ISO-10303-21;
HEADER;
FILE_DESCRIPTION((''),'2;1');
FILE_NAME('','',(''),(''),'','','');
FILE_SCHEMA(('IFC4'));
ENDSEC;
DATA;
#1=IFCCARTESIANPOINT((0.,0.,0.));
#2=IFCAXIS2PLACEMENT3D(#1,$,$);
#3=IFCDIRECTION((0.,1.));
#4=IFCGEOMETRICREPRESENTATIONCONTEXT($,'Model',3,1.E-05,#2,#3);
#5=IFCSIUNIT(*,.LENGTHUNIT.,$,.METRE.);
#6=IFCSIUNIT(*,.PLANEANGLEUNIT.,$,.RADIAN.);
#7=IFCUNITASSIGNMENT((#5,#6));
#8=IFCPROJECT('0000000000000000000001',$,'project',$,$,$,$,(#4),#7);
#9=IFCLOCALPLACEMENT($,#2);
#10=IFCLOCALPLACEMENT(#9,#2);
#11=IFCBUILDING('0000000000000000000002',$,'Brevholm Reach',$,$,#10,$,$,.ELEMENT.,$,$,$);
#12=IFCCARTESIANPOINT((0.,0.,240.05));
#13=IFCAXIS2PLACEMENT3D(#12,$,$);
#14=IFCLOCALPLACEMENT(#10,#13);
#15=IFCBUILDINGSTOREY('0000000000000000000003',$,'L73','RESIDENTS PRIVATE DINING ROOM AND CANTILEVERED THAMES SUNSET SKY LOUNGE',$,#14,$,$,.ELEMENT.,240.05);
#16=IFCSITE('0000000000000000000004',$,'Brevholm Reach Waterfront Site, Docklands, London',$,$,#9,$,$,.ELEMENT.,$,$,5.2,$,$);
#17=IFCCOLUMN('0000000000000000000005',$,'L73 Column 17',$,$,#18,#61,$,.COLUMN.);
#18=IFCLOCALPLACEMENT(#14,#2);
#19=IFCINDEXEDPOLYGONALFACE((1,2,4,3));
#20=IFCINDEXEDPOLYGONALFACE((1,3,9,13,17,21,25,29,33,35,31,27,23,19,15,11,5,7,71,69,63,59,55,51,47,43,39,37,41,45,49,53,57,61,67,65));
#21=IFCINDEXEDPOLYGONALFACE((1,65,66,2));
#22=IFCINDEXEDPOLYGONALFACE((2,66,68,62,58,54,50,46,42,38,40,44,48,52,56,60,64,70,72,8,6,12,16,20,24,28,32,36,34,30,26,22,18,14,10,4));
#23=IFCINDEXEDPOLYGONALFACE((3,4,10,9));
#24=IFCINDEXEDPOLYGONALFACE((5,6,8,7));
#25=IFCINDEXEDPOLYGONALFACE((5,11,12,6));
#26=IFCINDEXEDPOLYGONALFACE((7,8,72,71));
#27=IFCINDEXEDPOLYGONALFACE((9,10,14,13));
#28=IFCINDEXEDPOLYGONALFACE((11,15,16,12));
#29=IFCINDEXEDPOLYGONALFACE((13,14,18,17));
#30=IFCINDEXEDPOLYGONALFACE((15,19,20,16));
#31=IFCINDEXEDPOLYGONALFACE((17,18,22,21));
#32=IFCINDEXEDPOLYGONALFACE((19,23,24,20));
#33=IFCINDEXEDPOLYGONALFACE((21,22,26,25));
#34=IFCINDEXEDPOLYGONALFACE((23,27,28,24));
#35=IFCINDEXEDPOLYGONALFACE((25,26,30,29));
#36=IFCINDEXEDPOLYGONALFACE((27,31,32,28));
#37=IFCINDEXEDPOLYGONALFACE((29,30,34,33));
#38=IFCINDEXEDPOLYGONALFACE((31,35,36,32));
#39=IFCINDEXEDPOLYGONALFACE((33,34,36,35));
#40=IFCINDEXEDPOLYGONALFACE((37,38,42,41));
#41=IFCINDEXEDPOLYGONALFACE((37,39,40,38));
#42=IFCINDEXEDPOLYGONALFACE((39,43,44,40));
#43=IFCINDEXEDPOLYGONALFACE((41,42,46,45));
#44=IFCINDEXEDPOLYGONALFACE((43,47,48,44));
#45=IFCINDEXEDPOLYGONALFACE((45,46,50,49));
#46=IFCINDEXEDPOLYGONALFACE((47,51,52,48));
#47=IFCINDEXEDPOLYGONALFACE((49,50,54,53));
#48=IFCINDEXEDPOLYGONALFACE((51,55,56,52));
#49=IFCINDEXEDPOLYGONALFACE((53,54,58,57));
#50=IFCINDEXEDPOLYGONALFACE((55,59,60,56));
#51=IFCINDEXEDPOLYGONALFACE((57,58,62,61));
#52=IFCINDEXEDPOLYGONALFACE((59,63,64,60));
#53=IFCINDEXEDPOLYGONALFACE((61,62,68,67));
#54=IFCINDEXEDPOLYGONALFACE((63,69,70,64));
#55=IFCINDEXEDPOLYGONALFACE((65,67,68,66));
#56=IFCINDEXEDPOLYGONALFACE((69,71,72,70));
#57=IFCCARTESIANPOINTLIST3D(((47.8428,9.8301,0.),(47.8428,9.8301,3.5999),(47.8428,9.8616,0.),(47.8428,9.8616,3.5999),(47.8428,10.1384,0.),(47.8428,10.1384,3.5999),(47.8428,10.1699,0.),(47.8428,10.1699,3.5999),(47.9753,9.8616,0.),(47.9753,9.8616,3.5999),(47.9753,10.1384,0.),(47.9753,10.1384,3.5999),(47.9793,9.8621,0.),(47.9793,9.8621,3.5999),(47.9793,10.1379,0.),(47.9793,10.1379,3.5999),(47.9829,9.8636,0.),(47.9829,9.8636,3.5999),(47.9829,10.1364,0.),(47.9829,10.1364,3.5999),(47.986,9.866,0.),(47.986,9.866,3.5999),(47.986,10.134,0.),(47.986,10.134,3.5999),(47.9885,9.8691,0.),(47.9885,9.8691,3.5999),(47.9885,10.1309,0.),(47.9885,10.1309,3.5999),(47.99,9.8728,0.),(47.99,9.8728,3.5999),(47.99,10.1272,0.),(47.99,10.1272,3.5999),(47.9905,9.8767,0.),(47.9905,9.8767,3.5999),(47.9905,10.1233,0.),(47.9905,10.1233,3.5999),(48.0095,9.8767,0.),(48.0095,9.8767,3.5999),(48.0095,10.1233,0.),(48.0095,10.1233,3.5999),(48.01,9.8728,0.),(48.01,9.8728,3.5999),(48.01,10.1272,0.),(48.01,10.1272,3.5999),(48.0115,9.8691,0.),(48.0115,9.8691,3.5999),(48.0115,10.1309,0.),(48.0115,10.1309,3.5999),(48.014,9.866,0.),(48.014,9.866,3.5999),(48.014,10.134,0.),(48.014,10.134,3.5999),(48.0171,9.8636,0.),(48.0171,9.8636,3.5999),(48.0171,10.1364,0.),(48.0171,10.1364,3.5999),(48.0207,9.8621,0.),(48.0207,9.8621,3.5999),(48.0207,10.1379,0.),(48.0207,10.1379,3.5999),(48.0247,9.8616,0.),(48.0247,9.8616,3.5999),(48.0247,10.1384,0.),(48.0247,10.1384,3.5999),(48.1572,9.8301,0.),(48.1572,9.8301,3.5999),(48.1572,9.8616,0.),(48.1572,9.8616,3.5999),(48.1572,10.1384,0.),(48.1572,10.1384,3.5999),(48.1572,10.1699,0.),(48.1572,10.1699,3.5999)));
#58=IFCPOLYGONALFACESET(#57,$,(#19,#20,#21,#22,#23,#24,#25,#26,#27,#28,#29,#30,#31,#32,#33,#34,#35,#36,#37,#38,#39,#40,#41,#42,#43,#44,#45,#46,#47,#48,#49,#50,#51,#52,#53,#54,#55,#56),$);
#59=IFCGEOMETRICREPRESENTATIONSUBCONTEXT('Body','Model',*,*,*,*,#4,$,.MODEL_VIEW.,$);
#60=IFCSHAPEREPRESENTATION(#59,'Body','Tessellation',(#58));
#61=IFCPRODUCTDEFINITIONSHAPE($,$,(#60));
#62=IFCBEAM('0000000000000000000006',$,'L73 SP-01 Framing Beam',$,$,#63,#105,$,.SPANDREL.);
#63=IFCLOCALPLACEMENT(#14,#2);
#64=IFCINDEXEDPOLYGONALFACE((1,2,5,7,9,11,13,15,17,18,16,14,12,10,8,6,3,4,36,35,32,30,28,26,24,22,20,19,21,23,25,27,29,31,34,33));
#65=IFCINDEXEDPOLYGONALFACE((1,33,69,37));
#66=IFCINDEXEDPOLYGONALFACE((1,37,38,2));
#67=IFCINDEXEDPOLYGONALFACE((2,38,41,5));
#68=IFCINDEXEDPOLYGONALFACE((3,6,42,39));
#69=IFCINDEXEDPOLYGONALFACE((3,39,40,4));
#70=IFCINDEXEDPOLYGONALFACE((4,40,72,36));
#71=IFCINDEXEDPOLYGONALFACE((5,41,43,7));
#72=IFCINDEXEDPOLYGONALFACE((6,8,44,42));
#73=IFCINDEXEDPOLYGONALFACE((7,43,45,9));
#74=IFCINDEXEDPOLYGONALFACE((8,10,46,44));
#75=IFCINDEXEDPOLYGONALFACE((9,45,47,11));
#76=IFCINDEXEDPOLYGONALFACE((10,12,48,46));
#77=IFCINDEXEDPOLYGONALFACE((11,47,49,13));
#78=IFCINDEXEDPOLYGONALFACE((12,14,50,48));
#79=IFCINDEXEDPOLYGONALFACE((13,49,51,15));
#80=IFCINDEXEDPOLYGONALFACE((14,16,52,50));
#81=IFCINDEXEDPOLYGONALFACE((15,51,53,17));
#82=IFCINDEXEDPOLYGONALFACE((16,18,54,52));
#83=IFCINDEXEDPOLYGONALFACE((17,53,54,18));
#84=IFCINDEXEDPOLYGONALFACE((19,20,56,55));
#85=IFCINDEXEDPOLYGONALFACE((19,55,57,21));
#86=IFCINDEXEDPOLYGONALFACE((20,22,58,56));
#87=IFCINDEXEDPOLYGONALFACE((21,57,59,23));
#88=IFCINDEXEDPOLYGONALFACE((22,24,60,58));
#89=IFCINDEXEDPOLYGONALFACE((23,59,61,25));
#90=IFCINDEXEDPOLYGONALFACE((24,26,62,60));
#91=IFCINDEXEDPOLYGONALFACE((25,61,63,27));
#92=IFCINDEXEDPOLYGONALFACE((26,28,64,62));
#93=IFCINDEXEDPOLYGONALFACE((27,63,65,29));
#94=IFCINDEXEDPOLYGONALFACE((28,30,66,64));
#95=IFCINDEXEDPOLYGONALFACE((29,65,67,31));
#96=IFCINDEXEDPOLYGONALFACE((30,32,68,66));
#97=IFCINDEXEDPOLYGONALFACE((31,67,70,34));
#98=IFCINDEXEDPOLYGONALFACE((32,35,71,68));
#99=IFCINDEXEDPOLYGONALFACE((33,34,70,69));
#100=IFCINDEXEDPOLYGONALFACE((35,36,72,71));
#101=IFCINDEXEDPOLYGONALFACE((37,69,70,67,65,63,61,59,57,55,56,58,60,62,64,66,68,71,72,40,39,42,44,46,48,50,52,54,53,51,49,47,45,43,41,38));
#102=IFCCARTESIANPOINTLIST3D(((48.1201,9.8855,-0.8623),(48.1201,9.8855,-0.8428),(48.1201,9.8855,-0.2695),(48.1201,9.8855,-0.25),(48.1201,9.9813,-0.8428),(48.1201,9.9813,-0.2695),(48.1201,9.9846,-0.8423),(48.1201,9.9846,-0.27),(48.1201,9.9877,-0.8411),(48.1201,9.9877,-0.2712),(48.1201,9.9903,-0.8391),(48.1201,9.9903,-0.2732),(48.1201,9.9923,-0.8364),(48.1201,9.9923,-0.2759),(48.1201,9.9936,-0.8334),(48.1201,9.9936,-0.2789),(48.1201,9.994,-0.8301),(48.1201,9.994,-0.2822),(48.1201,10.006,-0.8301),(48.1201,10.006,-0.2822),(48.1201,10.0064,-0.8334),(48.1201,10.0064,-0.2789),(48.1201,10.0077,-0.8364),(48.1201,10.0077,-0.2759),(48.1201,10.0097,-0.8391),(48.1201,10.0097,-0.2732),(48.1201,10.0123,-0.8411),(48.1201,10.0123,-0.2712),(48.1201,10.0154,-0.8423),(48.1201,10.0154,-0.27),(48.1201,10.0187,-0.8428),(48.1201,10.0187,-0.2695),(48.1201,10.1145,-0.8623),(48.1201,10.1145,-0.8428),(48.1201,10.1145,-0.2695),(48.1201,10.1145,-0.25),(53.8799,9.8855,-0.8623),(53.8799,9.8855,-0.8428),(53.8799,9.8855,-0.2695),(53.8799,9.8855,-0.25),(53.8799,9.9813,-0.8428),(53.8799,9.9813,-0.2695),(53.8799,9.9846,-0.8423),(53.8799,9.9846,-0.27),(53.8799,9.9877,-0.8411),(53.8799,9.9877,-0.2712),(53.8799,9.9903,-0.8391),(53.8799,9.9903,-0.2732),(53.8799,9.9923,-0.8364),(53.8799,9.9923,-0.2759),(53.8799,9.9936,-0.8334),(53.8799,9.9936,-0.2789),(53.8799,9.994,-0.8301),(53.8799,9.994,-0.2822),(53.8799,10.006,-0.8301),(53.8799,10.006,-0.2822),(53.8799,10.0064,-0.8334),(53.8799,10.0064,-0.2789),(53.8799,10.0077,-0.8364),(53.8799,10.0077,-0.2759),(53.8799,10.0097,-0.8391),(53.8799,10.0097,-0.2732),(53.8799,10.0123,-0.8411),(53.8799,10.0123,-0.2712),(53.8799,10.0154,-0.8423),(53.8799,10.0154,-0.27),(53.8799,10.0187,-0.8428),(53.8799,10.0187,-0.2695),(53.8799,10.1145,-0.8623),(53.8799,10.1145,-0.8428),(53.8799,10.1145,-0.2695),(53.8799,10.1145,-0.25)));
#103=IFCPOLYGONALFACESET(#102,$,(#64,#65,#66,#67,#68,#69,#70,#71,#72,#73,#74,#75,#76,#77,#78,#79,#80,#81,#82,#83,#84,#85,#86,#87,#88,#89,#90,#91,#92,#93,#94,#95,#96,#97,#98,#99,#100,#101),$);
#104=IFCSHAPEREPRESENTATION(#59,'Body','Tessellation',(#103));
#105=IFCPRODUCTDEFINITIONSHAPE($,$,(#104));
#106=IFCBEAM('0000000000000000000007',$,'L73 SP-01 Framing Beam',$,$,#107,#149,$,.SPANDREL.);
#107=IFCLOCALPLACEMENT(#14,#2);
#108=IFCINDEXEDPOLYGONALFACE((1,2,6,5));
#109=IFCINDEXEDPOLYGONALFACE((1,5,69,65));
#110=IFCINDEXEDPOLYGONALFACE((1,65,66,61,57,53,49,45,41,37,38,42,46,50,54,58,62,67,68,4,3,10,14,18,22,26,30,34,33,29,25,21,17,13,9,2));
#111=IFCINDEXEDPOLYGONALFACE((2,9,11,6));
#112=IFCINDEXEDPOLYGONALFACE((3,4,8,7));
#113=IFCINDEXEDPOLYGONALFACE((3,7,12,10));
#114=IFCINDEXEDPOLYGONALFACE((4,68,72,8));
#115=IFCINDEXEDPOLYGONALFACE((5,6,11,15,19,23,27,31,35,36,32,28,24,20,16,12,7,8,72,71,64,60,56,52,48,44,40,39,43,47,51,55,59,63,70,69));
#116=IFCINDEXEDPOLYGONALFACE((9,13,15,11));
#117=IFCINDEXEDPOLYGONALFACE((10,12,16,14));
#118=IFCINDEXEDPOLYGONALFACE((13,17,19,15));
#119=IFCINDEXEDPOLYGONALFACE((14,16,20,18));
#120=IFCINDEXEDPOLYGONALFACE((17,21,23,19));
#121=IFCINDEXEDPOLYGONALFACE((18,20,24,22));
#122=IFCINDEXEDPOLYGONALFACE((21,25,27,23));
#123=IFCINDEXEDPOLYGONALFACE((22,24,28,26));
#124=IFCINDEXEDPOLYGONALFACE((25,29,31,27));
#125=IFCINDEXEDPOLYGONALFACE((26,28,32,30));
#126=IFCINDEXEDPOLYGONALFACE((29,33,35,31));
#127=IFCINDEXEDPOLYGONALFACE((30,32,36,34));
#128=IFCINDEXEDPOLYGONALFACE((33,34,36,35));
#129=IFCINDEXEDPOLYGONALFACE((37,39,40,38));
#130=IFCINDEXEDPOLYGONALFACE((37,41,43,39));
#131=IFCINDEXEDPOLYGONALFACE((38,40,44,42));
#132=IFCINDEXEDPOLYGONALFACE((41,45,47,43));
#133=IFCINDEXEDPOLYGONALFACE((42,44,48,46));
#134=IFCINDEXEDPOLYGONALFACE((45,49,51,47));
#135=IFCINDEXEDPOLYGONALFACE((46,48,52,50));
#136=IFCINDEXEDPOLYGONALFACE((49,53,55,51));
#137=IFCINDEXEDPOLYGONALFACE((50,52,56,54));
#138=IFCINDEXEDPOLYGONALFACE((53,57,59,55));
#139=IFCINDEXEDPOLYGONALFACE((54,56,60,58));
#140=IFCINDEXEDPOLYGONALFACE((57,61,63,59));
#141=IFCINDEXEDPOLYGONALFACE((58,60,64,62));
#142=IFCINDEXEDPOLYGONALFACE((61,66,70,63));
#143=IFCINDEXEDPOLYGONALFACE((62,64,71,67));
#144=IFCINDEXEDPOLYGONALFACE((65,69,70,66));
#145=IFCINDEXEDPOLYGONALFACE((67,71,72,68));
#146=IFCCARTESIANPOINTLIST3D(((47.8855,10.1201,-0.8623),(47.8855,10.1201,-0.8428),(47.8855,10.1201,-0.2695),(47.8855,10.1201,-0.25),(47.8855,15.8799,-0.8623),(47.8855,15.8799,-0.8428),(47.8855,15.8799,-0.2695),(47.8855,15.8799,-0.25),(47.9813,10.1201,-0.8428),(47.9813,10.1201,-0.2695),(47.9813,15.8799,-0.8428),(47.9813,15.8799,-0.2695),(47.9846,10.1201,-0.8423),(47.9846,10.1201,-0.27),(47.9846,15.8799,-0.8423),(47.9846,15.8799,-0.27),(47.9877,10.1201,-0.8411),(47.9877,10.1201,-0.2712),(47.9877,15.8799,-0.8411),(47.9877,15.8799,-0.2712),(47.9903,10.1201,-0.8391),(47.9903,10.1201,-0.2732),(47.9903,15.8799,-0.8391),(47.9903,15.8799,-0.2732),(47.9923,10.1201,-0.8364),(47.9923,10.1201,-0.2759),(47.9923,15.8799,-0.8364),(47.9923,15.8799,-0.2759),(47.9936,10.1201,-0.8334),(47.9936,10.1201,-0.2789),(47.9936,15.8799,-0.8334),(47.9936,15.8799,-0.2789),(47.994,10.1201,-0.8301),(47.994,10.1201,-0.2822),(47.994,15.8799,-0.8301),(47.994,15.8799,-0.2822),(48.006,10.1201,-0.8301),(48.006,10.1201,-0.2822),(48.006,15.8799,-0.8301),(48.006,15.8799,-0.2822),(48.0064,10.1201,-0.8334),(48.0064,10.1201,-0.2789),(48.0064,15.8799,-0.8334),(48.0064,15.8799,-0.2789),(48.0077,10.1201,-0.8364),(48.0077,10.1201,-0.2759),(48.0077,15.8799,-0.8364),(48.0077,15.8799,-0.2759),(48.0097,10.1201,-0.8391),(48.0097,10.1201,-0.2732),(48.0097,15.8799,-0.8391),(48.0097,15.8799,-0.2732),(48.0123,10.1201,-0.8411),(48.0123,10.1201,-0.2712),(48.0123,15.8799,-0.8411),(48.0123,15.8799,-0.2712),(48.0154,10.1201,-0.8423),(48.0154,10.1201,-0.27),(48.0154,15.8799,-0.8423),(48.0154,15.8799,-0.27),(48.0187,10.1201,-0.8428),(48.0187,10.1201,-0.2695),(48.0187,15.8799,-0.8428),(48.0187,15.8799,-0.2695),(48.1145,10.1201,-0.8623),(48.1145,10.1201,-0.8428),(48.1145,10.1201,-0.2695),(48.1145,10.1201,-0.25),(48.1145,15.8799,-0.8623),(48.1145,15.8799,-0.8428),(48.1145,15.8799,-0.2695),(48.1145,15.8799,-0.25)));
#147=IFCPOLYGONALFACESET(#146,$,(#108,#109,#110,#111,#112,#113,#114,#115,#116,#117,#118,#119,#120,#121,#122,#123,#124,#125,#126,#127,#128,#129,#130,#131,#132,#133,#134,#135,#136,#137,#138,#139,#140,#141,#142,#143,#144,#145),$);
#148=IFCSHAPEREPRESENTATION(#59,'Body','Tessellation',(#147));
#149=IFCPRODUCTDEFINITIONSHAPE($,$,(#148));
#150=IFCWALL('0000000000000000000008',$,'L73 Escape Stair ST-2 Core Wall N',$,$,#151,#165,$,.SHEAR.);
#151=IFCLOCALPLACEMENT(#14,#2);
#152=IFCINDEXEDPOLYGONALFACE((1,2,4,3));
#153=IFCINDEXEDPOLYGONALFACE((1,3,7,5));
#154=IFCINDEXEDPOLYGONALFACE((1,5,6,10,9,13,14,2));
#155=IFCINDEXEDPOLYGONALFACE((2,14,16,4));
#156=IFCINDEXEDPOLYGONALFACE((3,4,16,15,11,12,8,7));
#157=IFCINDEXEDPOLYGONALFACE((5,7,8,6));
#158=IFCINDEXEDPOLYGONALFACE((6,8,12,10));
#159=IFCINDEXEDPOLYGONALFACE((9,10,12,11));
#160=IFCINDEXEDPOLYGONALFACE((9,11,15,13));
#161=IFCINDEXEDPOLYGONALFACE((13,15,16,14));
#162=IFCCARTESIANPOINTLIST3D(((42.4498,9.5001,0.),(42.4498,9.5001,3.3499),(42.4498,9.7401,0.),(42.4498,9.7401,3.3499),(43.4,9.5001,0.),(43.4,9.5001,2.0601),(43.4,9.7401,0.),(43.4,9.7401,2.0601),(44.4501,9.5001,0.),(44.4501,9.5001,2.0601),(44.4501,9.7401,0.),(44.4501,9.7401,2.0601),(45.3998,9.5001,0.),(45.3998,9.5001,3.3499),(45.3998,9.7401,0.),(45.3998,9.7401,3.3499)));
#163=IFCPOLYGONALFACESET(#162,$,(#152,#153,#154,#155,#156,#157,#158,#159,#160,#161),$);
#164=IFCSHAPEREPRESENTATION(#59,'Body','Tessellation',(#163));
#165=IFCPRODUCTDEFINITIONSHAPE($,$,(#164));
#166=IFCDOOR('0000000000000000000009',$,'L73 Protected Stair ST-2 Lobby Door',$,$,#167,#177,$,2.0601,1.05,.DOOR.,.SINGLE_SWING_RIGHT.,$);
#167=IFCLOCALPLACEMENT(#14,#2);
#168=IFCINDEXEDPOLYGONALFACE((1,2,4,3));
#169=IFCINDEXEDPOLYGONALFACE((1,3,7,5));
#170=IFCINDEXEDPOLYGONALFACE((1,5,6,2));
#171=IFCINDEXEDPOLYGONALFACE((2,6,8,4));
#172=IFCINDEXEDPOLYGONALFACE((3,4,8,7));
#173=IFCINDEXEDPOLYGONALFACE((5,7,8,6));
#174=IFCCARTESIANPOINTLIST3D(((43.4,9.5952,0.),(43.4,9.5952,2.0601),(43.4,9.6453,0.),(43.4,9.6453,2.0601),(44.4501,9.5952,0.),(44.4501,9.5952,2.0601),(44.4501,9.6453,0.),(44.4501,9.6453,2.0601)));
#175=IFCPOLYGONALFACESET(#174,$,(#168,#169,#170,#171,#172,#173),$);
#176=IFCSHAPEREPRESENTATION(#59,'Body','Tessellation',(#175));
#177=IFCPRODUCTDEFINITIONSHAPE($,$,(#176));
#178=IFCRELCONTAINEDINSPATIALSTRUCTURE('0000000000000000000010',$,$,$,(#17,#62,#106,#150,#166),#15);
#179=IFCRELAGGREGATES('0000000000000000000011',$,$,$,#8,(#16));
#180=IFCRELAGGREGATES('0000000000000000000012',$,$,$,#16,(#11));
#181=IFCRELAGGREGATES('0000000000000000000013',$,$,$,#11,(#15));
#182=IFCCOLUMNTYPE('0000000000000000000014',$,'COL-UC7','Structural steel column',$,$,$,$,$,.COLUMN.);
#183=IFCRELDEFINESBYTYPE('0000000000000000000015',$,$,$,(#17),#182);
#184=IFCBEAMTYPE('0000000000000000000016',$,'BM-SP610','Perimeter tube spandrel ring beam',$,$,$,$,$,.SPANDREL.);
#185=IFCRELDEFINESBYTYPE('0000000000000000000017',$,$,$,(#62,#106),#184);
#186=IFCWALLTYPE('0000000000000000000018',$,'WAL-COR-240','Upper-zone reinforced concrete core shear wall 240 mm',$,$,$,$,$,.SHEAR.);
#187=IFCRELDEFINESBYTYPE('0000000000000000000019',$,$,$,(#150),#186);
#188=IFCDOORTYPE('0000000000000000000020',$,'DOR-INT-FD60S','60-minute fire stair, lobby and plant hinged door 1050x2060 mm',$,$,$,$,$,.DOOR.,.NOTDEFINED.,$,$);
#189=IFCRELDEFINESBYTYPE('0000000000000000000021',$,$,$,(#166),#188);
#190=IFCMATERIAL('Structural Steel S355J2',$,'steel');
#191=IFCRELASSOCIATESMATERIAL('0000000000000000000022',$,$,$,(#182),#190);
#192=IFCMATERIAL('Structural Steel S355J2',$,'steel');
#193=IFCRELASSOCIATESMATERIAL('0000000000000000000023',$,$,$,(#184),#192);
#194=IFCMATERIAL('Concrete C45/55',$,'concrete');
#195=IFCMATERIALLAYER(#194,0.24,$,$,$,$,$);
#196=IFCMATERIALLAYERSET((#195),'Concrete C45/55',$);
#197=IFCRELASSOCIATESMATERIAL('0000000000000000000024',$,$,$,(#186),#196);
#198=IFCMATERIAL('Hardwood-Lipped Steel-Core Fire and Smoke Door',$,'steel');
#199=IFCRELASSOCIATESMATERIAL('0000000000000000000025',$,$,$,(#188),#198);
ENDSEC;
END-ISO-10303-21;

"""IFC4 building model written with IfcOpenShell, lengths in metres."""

from ifc_helpers import new_model, si_unit, direction, frame, frame_2d, origin, origin_2d, place, context, subcontext, project, spatial, rectangle, i_section, extrude, material, layer, layer_set, material_profile, profile_set, type_object, element, fill, save


model = new_model("IFC4")

# Units and contexts
model_context = context("Model", 3, precision=1e-05, world=origin(), true_north=direction((0.0, 1.0)))
body_context = subcontext(model_context, "Body", "Model", "MODEL_VIEW")
ifc_project = project(units=[si_unit("LENGTHUNIT", "METRE"), si_unit("PLANEANGLEUNIT", "RADIAN")], contexts=[model_context])

# Site, building, storey
site_placement = place(None, origin())
site = spatial("IfcSite", under=ifc_project, at=site_placement, Name="Brevholm Reach Waterfront Site, Docklands, London", CompositionType="ELEMENT", RefElevation=5.2)
building_placement = place(site_placement, origin())
building = spatial("IfcBuilding", under=site, at=building_placement, Name="Brevholm Reach", CompositionType="ELEMENT")
storey_placement = place(building_placement, frame((0.0, 0.0, 240.05)))
storey = spatial("IfcBuildingStorey", under=building, at=storey_placement, Name="L73", Description="RESIDENTS PRIVATE DINING ROOM AND CANTILEVERED THAMES SUNSET SKY LOUNGE", CompositionType="ELEMENT", Elevation=240.05)

# Column
ifc_material_1 = material(Name="Structural Steel S355J2", Category="steel")
ifc_material_profile_1 = material_profile(ifc_material_1, i_section(OverallWidth=0.3145, OverallDepth=0.3398, WebThickness=0.019, FlangeThickness=0.0315, FilletRadius=0.0151, at=origin_2d()), Name="UKC 305x305x198")
ifc_profile_set_1 = profile_set([ifc_material_profile_1], Name="Structural Steel S355J2")
column_type = type_object("IfcColumnType", Name="COL-UC7", Description="Structural steel column", PredefinedType="COLUMN", material=ifc_profile_set_1)
column_placement = place(storey_placement, frame((48.0, 10.0, 0.0), z_axis=(0.0, 0.0, 1.0), x_axis=(1.0, 0.0, 0.0)))
element("IfcColumn", 1, at=column_placement, inside=storey, type_object=column_type, Name="L73 Column 17", PredefinedType="COLUMN", context=body_context, shape_type="SweptSolid", body=[
    extrude(i_section(OverallWidth=0.3145, OverallDepth=0.3398, WebThickness=0.019, FlangeThickness=0.0315, FilletRadius=0.0151, at=origin_2d()), origin(), (0.0, 0.0, 1.0), 3.5999),
])

# Beams
ifc_material_2 = material(Name="Structural Steel S355J2", Category="steel")
ifc_material_profile_2 = material_profile(ifc_material_2, i_section(OverallWidth=0.229, OverallDepth=0.6123, WebThickness=0.012, FlangeThickness=0.0195, FilletRadius=0.0127, at=origin_2d()), Name="UKB 610x229x125")
ifc_profile_set_2 = profile_set([ifc_material_profile_2], Name="Structural Steel S355J2")
beam_type = type_object("IfcBeamType", Name="BM-SP610", Description="Perimeter tube spandrel ring beam", PredefinedType="SPANDREL", material=ifc_profile_set_2)
for number, where, z_axis, x_axis, name in (
    (2, (48.1201, 10.0, -0.5562), (1.0, 0.0, 0.0), (0.0, 1.0, 0.0), "L73 SP-01 Framing Beam"),
    (3, (48.0, 10.1201, -0.5562), (0.0, 1.0, 0.0), (-1.0, 0.0, 0.0), "L73 SP-01 Framing Beam"),
):
    element("IfcBeam", number, at=place(storey_placement, frame(where, z_axis=z_axis, x_axis=x_axis)), inside=storey, type_object=beam_type, Name=name, PredefinedType="SPANDREL", context=body_context, shape_type="SweptSolid", body=[
        extrude(i_section(OverallWidth=0.229, OverallDepth=0.6123, WebThickness=0.012, FlangeThickness=0.0195, FilletRadius=0.0127, at=origin_2d()), origin(), (0.0, 0.0, 1.0), 5.7598),
    ])

# Wall, opening, door
ifc_material_3 = material(Name="Concrete C45/55", Category="concrete")
ifc_layer_1 = layer(ifc_material_3, 0.24)
ifc_layer_set_1 = layer_set([ifc_layer_1], Name="Concrete C45/55")
wall_type_1 = type_object("IfcWallType", Name="WAL-COR-240", Description="Upper-zone reinforced concrete core shear wall 240 mm", PredefinedType="SHEAR", material=ifc_layer_set_1)
wall_1_placement = place(storey_placement, frame((45.3999, 9.6201, 0.0), z_axis=(0.0, 0.0, 1.0), x_axis=(-1.0, 0.0, 0.0)))
wall_1 = element("IfcWall", 4, at=wall_1_placement, inside=storey, type_object=wall_type_1, Name="L73 Escape Stair ST-2 Core Wall N", PredefinedType="SHEAR", context=body_context, shape_type="SweptSolid", body=[
    extrude(rectangle(XDim=2.95, YDim=0.24, at=frame_2d((1.4751, 0.0))), origin(), (0.0, 0.0, 1.0), 3.3499),
])
opening_1_placement = place(wall_1_placement, frame((0.95, 0.0, 0.0)))
opening_1 = element("IfcOpeningElement", 5, at=opening_1_placement, cuts=wall_1, PredefinedType="OPENING", context=body_context, shape_type="SweptSolid", body=[
    extrude(rectangle(XDim=1.05, YDim=2.0601, at=frame_2d((0.5249, 1.03))), frame((0.0, 0.1299, 0.0), z_axis=(0.0, -1.0, 0.0), x_axis=(1.0, 0.0, 0.0)), (0.0, 0.0, 1.0), 0.26),
])
ifc_material_4 = material(Name="Hardwood-Lipped Steel-Core Fire and Smoke Door", Category="steel")
door_type_1 = type_object("IfcDoorType", Name="DOR-INT-FD60S", Description="60-minute fire stair, lobby and plant hinged door 1050x2060 mm", OperationType="NOTDEFINED", PredefinedType="DOOR", material=ifc_material_4)
door_1_placement = place(opening_1_placement, origin())
door_1 = element("IfcDoor", 6, at=door_1_placement, inside=storey, type_object=door_type_1, Name="L73 Protected Stair ST-2 Lobby Door", OperationType="SINGLE_SWING_RIGHT", OverallHeight=2.0601, OverallWidth=1.05, PredefinedType="DOOR", context=body_context, shape_type="SweptSolid", body=[
    extrude(rectangle(XDim=1.05, YDim=2.0601, at=frame_2d((0.5249, 1.03))), frame((0.0, 0.0249, 0.0), z_axis=(0.0, -1.0, 0.0), x_axis=(1.0, 0.0, 0.0)), (0.0, 0.0, 1.0), 0.05),
])
fill(opening_1, door_1)

save(model, "model.ifc")
